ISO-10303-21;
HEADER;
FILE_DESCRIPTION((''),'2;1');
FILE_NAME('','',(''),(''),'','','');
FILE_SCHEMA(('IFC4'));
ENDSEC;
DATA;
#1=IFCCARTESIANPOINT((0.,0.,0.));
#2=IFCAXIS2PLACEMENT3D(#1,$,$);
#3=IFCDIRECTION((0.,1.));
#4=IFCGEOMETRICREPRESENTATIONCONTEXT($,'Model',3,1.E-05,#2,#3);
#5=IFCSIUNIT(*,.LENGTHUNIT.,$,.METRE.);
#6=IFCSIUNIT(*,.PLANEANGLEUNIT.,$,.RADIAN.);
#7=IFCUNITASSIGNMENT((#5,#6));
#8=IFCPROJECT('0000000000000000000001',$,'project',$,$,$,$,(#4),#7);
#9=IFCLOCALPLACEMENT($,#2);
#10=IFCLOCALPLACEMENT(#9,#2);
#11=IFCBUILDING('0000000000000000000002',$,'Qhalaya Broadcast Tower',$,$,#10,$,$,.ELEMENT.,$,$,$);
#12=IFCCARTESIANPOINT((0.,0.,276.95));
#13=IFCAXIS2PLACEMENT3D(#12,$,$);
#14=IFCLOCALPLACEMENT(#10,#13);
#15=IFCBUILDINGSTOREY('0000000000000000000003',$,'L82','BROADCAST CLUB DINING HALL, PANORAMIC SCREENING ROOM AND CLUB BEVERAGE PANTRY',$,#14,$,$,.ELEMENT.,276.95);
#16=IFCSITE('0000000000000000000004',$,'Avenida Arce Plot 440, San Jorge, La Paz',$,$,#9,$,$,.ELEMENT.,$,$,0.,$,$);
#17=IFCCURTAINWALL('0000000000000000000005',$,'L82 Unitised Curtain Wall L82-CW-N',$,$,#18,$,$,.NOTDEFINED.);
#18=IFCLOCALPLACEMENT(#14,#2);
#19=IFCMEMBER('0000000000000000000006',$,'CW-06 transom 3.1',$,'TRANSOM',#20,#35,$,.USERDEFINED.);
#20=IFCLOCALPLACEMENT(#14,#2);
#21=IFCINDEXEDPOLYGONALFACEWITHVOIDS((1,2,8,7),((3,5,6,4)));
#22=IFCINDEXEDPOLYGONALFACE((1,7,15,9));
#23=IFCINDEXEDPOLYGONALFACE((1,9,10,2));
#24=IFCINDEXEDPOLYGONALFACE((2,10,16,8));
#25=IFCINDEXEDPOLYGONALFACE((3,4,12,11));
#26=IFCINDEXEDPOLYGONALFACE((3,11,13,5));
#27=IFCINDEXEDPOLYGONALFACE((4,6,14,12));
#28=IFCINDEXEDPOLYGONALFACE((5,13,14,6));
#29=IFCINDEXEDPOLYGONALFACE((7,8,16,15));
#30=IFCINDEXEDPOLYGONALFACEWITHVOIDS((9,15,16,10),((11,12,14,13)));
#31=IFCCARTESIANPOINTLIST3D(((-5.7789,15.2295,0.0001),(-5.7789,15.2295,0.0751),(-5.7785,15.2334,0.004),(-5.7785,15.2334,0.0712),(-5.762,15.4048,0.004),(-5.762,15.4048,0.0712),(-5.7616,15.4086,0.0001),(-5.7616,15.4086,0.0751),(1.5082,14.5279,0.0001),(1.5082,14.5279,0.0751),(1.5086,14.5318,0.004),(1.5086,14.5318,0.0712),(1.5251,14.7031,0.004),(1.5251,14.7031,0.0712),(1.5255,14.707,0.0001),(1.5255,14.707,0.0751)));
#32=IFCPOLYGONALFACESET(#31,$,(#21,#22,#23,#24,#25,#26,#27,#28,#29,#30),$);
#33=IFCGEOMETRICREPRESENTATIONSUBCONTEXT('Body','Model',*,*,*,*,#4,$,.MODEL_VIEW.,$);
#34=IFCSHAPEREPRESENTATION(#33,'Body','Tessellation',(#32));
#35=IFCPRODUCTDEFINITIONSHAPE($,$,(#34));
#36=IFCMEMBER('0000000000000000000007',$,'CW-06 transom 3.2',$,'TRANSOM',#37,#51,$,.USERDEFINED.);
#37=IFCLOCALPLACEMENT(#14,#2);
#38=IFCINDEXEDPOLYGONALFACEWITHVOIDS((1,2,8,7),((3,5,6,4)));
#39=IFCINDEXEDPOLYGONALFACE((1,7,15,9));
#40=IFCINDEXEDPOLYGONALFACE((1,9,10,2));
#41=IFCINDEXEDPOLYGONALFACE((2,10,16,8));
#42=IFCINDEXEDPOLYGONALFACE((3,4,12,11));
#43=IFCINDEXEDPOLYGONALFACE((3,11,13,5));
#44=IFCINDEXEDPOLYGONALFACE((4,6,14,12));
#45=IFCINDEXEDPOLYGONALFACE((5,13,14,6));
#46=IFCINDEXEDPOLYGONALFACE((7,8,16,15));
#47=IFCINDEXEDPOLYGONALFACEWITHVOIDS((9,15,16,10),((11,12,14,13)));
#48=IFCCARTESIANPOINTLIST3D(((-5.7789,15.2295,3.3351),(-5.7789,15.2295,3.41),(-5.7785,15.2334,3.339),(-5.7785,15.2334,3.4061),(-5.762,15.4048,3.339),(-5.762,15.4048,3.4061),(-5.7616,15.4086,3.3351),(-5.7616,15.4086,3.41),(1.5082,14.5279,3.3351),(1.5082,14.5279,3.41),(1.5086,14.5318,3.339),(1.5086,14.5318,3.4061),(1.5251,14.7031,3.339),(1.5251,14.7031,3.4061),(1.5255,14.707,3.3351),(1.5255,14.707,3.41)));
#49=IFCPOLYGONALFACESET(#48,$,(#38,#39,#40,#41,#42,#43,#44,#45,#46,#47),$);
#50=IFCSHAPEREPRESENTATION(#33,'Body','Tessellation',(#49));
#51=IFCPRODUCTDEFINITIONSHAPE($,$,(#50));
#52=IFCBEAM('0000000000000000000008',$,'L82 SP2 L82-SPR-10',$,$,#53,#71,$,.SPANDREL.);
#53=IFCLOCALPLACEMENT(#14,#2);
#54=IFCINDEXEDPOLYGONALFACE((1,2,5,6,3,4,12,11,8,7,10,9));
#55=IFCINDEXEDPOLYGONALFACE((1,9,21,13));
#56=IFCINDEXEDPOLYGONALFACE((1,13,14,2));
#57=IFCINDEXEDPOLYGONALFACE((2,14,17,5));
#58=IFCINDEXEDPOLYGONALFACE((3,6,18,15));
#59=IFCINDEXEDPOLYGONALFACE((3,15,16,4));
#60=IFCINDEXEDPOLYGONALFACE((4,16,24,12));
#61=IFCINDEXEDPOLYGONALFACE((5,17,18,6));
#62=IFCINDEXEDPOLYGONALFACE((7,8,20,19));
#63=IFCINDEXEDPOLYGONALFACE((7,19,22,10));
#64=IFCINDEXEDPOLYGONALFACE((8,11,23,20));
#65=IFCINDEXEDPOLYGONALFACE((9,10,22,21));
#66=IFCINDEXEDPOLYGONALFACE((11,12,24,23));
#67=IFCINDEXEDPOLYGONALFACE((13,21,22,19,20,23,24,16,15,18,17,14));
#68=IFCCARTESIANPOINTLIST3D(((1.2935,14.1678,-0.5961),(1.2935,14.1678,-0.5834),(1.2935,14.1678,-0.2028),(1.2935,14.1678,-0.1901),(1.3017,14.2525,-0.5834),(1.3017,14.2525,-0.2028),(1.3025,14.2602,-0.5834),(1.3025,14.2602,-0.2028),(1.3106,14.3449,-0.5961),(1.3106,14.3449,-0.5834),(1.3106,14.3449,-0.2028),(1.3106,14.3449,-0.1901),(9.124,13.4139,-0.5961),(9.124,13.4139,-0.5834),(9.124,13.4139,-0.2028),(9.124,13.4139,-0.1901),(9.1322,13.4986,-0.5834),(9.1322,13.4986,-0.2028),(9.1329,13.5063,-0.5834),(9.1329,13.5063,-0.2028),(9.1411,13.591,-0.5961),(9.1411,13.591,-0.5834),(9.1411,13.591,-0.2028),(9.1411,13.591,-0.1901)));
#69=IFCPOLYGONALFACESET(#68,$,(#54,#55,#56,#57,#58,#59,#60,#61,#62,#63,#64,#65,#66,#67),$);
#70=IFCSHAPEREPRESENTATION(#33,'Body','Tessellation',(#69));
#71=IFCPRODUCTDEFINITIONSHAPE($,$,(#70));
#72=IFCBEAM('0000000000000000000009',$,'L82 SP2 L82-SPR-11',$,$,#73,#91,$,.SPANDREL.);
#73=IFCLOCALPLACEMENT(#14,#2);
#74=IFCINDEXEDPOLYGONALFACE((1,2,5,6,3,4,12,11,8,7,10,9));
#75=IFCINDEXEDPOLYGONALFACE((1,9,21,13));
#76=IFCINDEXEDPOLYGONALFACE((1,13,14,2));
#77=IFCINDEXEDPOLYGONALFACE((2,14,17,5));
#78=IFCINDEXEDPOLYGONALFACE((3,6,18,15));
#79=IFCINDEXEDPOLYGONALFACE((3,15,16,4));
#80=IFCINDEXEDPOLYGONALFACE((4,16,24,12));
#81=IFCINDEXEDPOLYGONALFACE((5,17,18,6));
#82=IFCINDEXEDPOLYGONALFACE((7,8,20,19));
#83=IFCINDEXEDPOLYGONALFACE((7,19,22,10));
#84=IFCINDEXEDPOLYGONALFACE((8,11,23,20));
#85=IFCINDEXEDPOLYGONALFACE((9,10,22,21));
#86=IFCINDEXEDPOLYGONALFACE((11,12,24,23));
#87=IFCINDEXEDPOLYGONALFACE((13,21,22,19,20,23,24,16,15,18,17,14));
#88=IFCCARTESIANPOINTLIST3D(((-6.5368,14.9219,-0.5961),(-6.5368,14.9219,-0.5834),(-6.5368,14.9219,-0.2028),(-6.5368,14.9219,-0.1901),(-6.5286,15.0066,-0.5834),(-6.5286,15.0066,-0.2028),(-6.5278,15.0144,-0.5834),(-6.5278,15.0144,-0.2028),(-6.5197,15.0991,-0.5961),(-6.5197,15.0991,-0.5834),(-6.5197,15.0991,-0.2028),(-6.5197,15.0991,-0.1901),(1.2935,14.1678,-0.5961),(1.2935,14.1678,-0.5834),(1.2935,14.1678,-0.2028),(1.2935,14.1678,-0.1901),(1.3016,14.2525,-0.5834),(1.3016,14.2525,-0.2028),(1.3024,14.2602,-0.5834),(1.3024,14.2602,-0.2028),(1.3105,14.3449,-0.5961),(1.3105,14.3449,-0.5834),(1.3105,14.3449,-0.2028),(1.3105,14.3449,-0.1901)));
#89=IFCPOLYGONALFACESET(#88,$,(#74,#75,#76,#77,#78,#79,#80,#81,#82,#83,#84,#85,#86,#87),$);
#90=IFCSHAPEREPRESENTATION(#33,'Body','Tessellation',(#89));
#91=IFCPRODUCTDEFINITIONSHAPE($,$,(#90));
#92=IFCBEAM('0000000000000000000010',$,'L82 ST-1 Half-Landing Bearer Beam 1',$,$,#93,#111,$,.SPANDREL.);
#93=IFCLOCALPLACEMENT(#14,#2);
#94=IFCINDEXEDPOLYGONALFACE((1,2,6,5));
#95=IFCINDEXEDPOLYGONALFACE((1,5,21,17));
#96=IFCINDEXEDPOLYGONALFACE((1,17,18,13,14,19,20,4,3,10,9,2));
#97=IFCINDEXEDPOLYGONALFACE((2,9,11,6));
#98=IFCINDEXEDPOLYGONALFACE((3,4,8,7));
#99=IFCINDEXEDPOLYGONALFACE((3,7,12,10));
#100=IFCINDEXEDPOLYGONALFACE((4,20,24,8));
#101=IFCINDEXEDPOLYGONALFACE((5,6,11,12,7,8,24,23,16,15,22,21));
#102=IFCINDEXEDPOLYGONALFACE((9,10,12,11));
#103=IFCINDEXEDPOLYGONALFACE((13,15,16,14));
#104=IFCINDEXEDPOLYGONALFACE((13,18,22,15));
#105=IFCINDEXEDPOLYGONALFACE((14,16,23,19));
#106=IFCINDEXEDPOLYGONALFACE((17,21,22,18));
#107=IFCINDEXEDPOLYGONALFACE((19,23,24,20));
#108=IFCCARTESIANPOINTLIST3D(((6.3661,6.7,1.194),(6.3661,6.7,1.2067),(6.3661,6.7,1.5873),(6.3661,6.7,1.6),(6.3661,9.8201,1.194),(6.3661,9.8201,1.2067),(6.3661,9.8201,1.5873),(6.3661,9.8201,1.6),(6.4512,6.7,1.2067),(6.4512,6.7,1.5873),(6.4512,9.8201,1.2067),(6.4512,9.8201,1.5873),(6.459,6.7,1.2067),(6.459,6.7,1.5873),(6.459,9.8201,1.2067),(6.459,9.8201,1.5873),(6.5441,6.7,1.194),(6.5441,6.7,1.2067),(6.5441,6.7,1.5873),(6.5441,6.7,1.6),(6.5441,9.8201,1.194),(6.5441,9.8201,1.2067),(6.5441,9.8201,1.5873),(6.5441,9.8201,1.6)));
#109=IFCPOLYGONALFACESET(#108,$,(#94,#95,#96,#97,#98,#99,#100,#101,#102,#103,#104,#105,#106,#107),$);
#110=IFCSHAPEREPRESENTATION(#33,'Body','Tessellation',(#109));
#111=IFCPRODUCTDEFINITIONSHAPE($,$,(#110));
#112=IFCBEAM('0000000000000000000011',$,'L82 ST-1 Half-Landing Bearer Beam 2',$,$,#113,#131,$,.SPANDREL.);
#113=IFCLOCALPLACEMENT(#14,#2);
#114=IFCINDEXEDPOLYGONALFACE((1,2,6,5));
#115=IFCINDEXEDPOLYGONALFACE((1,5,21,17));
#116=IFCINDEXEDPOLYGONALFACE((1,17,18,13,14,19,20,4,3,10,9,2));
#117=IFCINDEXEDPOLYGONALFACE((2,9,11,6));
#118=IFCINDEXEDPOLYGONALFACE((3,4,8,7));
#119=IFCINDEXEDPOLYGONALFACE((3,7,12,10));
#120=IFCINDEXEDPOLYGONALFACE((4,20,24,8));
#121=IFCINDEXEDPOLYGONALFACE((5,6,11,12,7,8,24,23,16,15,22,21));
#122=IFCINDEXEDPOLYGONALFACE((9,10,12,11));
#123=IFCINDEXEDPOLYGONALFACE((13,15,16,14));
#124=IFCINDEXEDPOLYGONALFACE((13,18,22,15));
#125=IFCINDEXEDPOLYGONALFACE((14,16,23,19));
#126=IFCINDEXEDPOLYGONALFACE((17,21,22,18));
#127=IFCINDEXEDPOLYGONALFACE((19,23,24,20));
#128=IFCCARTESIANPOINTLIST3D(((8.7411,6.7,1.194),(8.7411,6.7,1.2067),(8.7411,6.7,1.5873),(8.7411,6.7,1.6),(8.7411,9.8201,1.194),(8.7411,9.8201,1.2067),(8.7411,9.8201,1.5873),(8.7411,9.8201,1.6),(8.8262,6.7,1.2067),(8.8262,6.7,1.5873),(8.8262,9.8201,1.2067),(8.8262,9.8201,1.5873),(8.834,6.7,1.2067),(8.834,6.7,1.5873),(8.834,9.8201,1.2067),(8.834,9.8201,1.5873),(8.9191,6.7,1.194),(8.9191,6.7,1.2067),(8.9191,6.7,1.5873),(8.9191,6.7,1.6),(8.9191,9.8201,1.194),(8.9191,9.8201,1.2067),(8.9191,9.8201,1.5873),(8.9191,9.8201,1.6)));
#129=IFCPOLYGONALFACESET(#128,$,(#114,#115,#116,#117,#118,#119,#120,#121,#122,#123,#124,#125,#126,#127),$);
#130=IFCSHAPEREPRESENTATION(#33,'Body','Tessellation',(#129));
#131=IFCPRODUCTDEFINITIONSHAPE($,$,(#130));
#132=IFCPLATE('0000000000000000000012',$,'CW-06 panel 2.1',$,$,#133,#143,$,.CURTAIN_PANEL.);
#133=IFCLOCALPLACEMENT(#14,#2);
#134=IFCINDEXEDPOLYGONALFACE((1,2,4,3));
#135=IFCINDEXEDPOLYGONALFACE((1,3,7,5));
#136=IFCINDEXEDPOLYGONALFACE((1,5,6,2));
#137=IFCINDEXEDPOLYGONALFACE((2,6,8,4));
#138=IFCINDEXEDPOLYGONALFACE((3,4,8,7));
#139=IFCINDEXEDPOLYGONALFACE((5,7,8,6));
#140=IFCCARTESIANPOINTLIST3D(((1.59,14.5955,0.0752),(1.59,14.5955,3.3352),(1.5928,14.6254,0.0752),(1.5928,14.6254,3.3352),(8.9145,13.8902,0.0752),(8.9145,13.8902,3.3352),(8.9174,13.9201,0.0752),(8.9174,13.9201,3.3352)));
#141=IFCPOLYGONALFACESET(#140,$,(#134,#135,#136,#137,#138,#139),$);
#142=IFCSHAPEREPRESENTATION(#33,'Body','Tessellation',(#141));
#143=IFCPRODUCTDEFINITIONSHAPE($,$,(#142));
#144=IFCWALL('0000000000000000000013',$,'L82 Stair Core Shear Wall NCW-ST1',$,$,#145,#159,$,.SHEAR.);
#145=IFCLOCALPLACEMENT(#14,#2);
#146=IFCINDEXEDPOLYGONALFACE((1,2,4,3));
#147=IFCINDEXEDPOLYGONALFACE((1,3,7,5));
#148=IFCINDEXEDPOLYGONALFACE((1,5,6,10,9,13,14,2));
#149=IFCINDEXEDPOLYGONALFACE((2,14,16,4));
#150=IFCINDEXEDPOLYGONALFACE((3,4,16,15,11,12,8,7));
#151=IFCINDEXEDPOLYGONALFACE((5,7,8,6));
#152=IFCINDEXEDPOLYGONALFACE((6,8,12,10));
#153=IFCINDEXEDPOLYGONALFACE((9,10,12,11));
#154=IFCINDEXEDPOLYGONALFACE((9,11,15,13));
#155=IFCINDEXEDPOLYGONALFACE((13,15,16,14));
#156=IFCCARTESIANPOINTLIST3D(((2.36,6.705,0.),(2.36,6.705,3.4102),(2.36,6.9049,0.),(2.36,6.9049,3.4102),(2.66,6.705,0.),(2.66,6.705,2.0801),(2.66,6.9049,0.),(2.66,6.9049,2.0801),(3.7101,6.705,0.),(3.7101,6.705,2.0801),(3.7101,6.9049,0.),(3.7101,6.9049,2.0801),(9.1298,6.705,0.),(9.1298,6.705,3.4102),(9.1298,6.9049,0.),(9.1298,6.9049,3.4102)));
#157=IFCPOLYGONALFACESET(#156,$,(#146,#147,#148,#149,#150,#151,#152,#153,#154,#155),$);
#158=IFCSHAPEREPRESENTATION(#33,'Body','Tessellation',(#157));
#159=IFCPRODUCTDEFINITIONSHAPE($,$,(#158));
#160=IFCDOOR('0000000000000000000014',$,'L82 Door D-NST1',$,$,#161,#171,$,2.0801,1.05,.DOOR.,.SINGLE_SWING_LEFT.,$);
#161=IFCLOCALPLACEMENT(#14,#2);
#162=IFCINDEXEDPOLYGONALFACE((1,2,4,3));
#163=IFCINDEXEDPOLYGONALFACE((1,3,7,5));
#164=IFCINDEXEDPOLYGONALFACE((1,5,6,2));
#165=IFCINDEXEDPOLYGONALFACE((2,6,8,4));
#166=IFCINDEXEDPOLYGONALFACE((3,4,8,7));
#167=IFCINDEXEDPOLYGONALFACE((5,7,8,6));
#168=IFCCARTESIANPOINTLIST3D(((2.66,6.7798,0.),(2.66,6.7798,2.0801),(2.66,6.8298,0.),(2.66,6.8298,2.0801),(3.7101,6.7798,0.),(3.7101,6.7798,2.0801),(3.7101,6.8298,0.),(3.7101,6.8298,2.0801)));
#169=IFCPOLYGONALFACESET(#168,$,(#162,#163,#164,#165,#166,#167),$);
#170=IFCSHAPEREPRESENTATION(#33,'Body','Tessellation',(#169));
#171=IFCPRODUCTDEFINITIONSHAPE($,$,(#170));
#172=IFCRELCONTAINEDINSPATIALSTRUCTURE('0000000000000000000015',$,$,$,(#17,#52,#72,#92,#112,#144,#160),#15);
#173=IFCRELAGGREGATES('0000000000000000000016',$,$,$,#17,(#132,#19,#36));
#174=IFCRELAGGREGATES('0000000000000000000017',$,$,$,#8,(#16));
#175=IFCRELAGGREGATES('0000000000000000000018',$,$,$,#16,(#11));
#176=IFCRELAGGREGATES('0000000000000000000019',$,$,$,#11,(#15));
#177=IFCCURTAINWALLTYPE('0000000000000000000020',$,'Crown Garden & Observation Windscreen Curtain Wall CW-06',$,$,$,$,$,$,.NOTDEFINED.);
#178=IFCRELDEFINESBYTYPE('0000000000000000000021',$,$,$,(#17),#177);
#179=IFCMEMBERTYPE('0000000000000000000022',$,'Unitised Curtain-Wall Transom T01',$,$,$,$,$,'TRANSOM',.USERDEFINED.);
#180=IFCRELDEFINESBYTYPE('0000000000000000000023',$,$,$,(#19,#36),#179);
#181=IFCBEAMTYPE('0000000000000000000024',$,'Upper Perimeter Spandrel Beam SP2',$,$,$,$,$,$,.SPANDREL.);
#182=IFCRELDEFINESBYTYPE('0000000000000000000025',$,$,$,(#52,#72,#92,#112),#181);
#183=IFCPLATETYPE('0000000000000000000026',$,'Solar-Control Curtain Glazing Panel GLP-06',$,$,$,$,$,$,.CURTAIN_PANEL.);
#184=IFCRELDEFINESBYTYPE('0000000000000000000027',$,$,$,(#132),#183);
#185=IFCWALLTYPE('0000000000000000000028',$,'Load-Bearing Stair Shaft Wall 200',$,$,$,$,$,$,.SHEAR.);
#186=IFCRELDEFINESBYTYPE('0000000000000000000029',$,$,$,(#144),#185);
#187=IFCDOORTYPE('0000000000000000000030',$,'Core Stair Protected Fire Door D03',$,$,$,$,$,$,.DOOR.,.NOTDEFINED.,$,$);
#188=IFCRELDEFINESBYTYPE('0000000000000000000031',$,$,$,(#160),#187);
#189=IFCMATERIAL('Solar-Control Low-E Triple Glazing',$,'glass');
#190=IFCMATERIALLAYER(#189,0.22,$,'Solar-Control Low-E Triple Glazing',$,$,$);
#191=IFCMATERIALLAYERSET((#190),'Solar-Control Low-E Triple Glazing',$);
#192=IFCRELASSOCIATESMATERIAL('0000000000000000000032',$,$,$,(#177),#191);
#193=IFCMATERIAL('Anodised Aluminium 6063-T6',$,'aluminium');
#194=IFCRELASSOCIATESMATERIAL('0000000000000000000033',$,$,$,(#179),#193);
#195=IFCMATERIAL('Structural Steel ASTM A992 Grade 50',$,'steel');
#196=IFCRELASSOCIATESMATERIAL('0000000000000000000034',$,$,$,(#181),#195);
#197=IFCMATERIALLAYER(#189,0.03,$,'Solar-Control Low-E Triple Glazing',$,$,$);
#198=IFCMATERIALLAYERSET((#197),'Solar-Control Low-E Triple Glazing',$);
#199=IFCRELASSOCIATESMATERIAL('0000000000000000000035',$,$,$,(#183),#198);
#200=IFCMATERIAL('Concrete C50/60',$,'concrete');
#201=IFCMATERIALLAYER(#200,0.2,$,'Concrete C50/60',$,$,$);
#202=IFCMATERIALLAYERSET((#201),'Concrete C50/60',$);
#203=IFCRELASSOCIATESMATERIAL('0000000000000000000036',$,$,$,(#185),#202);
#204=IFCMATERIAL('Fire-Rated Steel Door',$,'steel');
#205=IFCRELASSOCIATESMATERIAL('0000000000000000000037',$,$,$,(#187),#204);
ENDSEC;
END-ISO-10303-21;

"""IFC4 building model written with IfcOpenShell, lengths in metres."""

from ifc_helpers import new_model, si_unit, direction, frame, frame_2d, origin, origin_2d, place, context, subcontext, project, spatial, rectangle, hollow_rectangle, i_section, extrude, material, layer, layer_set, material_profile, profile_set, type_object, element, fill, aggregate, save


model = new_model("IFC4")

# Units and contexts
model_context = context("Model", 3, precision=1e-05, world=origin(), true_north=direction((0.0, 1.0)))
body_context = subcontext(model_context, "Body", "Model", "MODEL_VIEW")
ifc_project = project(units=[si_unit("LENGTHUNIT", "METRE"), si_unit("PLANEANGLEUNIT", "RADIAN")], contexts=[model_context])

# Site, building, storey
site_placement = place(None, origin())
site = spatial("IfcSite", under=ifc_project, at=site_placement, Name="Avenida Arce Plot 440, San Jorge, La Paz", CompositionType="ELEMENT", RefElevation=0.0)
building_placement = place(site_placement, origin())
building = spatial("IfcBuilding", under=site, at=building_placement, Name="Qhalaya Broadcast Tower", CompositionType="ELEMENT")
storey_placement = place(building_placement, frame((0.0, 0.0, 276.95)))
storey = spatial("IfcBuildingStorey", under=building, at=storey_placement, Name="L82", Description="BROADCAST CLUB DINING HALL, PANORAMIC SCREENING ROOM AND CLUB BEVERAGE PANTRY", CompositionType="ELEMENT", Elevation=276.95)

# Shared definitions
ifc_material_1 = material(Name="Concrete C50/60", Category="concrete")

# Shared definitions
ifc_material_2 = material(Name="Structural Steel ASTM A992 Grade 50", Category="steel")

# Curtain wall, members
ifc_material_3 = material(Name="Solar-Control Low-E Triple Glazing", Category="glass")
ifc_layer_1 = layer(ifc_material_3, 0.22, Name="Solar-Control Low-E Triple Glazing")
ifc_layer_set_1 = layer_set([ifc_layer_1], Name="Solar-Control Low-E Triple Glazing")
curtain_wall_type = type_object("IfcCurtainWallType", Name="Crown Garden & Observation Windscreen Curtain Wall CW-06", PredefinedType="NOTDEFINED", material=ifc_layer_set_1)
curtain_wall_placement = place(storey_placement, origin())
curtain_wall = element("IfcCurtainWall", 1, at=curtain_wall_placement, inside=storey, type_object=curtain_wall_type, Name="L82 Unitised Curtain Wall L82-CW-N", PredefinedType="NOTDEFINED")
ifc_material_4 = material(Name="Anodised Aluminium 6063-T6", Category="aluminium")
ifc_material_profile_1 = material_profile(ifc_material_4, hollow_rectangle(XDim=0.075, YDim=0.1799, WallThickness=0.0039, at=origin_2d()), Name="ALU-TRN 75x180x4")
ifc_profile_set_1 = profile_set([ifc_material_profile_1], Name="Anodised Aluminium 6063-T6")
member_type_1 = type_object("IfcMemberType", Name="Unitised Curtain-Wall Transom T01", ElementType="TRANSOM", PredefinedType="USERDEFINED", material=ifc_profile_set_1)
member_1_placement = place(storey_placement, frame((1.5168, 14.6174, 0.0376), z_axis=(-0.995396, 0.095845, 0.0), x_axis=(0.0, 0.0, 1.0)))
member_1 = element("IfcMember", 2, at=member_1_placement, type_object=member_type_1, Name="CW-06 transom 3.1", ObjectType="TRANSOM", PredefinedType="USERDEFINED", context=body_context, shape_type="SweptSolid", body=[
    extrude(hollow_rectangle(XDim=0.075, YDim=0.1799, WallThickness=0.0039, at=origin_2d()), origin(), (0.0, 0.0, 1.0), 7.3208),
])
member_2_placement = place(storey_placement, frame((1.5168, 14.6174, 3.3726), z_axis=(-0.995396, 0.095845, 0.0), x_axis=(0.0, 0.0, 1.0)))
member_2 = element("IfcMember", 3, at=member_2_placement, type_object=member_type_1, Name="CW-06 transom 3.2", ObjectType="TRANSOM", PredefinedType="USERDEFINED", context=body_context, shape_type="SweptSolid", body=[
    extrude(hollow_rectangle(XDim=0.075, YDim=0.1799, WallThickness=0.0039, at=origin_2d()), origin(), (0.0, 0.0, 1.0), 7.3208),
])

# Beams
ifc_material_profile_2 = material_profile(ifc_material_2, i_section(OverallWidth=0.178, OverallDepth=0.406, WebThickness=0.0078, FlangeThickness=0.0127, at=origin_2d()), Name="W16X40")
ifc_profile_set_2 = profile_set([ifc_material_profile_2], Name="Structural Steel ASTM A992 Grade 50")
beam_type_1 = type_object("IfcBeamType", Name="Upper Perimeter Spandrel Beam SP2", PredefinedType="SPANDREL", material=ifc_profile_set_2)
beam_1_placement = place(storey_placement, frame((9.1326, 13.5024, -0.3931), z_axis=(-0.995397, 0.095834, 0.0), x_axis=(-0.095834, -0.995397, 0.0)))
element("IfcBeam", 4, at=beam_1_placement, inside=storey, type_object=beam_type_1, Name="L82 SP2 L82-SPR-10", PredefinedType="SPANDREL", context=body_context, shape_type="SweptSolid", body=[
    extrude(i_section(OverallWidth=0.178, OverallDepth=0.406, WebThickness=0.0078, FlangeThickness=0.0127, at=origin_2d()), origin(), (0.0, 0.0, 1.0), 7.8667),
])
beam_2_placement = place(storey_placement, frame((1.302, 14.2563, -0.3931), z_axis=(-0.995394, 0.095868, 0.0), x_axis=(-0.095868, -0.995394, 0.0)))
element("IfcBeam", 5, at=beam_2_placement, inside=storey, type_object=beam_type_1, Name="L82 SP2 L82-SPR-11", PredefinedType="SPANDREL", context=body_context, shape_type="SweptSolid", body=[
    extrude(i_section(OverallWidth=0.178, OverallDepth=0.406, WebThickness=0.0078, FlangeThickness=0.0127, at=origin_2d()), origin(), (0.0, 0.0, 1.0), 7.8665),
])
for number, where, z_axis, x_axis, name in (
    (6, (6.4551, 6.7, 1.397), (0.0, 1.0, 0.0), (-1.0, 0.0, 0.0), "L82 ST-1 Half-Landing Bearer Beam 1"),
    (7, (8.8301, 6.7, 1.397), (0.0, 1.0, 0.0), (-1.0, 0.0, 0.0), "L82 ST-1 Half-Landing Bearer Beam 2"),
):
    element("IfcBeam", number, at=place(storey_placement, frame(where, z_axis=z_axis, x_axis=x_axis)), inside=storey, type_object=beam_type_1, Name=name, PredefinedType="SPANDREL", context=body_context, shape_type="SweptSolid", body=[
        extrude(i_section(OverallWidth=0.178, OverallDepth=0.406, WebThickness=0.0078, FlangeThickness=0.0127, at=origin_2d()), origin(), (0.0, 0.0, 1.0), 3.1201),
    ])

# Plate
ifc_layer_2 = layer(ifc_material_3, 0.03, Name="Solar-Control Low-E Triple Glazing")
ifc_layer_set_2 = layer_set([ifc_layer_2], Name="Solar-Control Low-E Triple Glazing")
plate_type = type_object("IfcPlateType", Name="Solar-Control Curtain Glazing Panel GLP-06", PredefinedType="CURTAIN_PANEL", material=ifc_layer_set_2)
plate_placement = place(storey_placement, frame((5.2537, 14.2578, 0.0752), z_axis=(0.0, 0.0, 1.0), x_axis=(-0.995396, 0.095848, 0.0)))
plate = element("IfcPlate", 8, at=plate_placement, type_object=plate_type, Name="CW-06 panel 2.1", PredefinedType="CURTAIN_PANEL", context=body_context, shape_type="SweptSolid", body=[
    extrude(rectangle(XDim=7.3584, YDim=0.03, at=origin_2d()), origin(), (0.0, 0.0, 1.0), 3.26),
])
aggregate(curtain_wall, [plate, member_1, member_2])

# Wall, opening, door
ifc_layer_3 = layer(ifc_material_1, 0.2, Name="Concrete C50/60")
ifc_layer_set_3 = layer_set([ifc_layer_3], Name="Concrete C50/60")
wall_type_1 = type_object("IfcWallType", Name="Load-Bearing Stair Shaft Wall 200", PredefinedType="SHEAR", material=ifc_layer_set_3)
wall_1_placement = place(storey_placement, frame((2.3601, 6.8049, 0.0), z_axis=(0.0, 0.0, 1.0), x_axis=(1.0, 0.0, 0.0)))
wall_1 = element("IfcWall", 9, at=wall_1_placement, inside=storey, type_object=wall_type_1, Name="L82 Stair Core Shear Wall NCW-ST1", PredefinedType="SHEAR", context=body_context, shape_type="SweptSolid", body=[
    extrude(rectangle(XDim=6.7698, YDim=0.2, at=frame_2d((3.3848, 0.0))), origin(), (0.0, 0.0, 1.0), 3.4102),
])
opening_1_placement = place(wall_1_placement, frame((0.3, 0.0, 0.0)))
opening_1 = element("IfcOpeningElement", 10, at=opening_1_placement, cuts=wall_1, PredefinedType="OPENING", context=body_context, shape_type="SweptSolid", body=[
    extrude(rectangle(XDim=1.05, YDim=2.0801, at=frame_2d((0.5249, 1.04))), frame((0.0, 0.1121, 0.0), z_axis=(0.0, -1.0, 0.0), x_axis=(1.0, 0.0, 0.0)), (0.0, 0.0, 1.0), 0.2239),
])
ifc_material_5 = material(Name="Fire-Rated Steel Door", Category="steel")
door_type_1 = type_object("IfcDoorType", Name="Core Stair Protected Fire Door D03", OperationType="NOTDEFINED", PredefinedType="DOOR", material=ifc_material_5)
door_1_placement = place(opening_1_placement, origin())
door_1 = element("IfcDoor", 11, at=door_1_placement, inside=storey, type_object=door_type_1, Name="L82 Door D-NST1", OperationType="SINGLE_SWING_LEFT", OverallHeight=2.0801, OverallWidth=1.05, PredefinedType="DOOR", context=body_context, shape_type="SweptSolid", body=[
    extrude(rectangle(XDim=1.05, YDim=2.0801, at=frame_2d((0.5249, 1.04))), frame((0.0, 0.0249, 0.0), z_axis=(0.0, -1.0, 0.0), x_axis=(1.0, 0.0, 0.0)), (0.0, 0.0, 1.0), 0.05),
])
fill(opening_1, door_1)

save(model, "model.ifc")
